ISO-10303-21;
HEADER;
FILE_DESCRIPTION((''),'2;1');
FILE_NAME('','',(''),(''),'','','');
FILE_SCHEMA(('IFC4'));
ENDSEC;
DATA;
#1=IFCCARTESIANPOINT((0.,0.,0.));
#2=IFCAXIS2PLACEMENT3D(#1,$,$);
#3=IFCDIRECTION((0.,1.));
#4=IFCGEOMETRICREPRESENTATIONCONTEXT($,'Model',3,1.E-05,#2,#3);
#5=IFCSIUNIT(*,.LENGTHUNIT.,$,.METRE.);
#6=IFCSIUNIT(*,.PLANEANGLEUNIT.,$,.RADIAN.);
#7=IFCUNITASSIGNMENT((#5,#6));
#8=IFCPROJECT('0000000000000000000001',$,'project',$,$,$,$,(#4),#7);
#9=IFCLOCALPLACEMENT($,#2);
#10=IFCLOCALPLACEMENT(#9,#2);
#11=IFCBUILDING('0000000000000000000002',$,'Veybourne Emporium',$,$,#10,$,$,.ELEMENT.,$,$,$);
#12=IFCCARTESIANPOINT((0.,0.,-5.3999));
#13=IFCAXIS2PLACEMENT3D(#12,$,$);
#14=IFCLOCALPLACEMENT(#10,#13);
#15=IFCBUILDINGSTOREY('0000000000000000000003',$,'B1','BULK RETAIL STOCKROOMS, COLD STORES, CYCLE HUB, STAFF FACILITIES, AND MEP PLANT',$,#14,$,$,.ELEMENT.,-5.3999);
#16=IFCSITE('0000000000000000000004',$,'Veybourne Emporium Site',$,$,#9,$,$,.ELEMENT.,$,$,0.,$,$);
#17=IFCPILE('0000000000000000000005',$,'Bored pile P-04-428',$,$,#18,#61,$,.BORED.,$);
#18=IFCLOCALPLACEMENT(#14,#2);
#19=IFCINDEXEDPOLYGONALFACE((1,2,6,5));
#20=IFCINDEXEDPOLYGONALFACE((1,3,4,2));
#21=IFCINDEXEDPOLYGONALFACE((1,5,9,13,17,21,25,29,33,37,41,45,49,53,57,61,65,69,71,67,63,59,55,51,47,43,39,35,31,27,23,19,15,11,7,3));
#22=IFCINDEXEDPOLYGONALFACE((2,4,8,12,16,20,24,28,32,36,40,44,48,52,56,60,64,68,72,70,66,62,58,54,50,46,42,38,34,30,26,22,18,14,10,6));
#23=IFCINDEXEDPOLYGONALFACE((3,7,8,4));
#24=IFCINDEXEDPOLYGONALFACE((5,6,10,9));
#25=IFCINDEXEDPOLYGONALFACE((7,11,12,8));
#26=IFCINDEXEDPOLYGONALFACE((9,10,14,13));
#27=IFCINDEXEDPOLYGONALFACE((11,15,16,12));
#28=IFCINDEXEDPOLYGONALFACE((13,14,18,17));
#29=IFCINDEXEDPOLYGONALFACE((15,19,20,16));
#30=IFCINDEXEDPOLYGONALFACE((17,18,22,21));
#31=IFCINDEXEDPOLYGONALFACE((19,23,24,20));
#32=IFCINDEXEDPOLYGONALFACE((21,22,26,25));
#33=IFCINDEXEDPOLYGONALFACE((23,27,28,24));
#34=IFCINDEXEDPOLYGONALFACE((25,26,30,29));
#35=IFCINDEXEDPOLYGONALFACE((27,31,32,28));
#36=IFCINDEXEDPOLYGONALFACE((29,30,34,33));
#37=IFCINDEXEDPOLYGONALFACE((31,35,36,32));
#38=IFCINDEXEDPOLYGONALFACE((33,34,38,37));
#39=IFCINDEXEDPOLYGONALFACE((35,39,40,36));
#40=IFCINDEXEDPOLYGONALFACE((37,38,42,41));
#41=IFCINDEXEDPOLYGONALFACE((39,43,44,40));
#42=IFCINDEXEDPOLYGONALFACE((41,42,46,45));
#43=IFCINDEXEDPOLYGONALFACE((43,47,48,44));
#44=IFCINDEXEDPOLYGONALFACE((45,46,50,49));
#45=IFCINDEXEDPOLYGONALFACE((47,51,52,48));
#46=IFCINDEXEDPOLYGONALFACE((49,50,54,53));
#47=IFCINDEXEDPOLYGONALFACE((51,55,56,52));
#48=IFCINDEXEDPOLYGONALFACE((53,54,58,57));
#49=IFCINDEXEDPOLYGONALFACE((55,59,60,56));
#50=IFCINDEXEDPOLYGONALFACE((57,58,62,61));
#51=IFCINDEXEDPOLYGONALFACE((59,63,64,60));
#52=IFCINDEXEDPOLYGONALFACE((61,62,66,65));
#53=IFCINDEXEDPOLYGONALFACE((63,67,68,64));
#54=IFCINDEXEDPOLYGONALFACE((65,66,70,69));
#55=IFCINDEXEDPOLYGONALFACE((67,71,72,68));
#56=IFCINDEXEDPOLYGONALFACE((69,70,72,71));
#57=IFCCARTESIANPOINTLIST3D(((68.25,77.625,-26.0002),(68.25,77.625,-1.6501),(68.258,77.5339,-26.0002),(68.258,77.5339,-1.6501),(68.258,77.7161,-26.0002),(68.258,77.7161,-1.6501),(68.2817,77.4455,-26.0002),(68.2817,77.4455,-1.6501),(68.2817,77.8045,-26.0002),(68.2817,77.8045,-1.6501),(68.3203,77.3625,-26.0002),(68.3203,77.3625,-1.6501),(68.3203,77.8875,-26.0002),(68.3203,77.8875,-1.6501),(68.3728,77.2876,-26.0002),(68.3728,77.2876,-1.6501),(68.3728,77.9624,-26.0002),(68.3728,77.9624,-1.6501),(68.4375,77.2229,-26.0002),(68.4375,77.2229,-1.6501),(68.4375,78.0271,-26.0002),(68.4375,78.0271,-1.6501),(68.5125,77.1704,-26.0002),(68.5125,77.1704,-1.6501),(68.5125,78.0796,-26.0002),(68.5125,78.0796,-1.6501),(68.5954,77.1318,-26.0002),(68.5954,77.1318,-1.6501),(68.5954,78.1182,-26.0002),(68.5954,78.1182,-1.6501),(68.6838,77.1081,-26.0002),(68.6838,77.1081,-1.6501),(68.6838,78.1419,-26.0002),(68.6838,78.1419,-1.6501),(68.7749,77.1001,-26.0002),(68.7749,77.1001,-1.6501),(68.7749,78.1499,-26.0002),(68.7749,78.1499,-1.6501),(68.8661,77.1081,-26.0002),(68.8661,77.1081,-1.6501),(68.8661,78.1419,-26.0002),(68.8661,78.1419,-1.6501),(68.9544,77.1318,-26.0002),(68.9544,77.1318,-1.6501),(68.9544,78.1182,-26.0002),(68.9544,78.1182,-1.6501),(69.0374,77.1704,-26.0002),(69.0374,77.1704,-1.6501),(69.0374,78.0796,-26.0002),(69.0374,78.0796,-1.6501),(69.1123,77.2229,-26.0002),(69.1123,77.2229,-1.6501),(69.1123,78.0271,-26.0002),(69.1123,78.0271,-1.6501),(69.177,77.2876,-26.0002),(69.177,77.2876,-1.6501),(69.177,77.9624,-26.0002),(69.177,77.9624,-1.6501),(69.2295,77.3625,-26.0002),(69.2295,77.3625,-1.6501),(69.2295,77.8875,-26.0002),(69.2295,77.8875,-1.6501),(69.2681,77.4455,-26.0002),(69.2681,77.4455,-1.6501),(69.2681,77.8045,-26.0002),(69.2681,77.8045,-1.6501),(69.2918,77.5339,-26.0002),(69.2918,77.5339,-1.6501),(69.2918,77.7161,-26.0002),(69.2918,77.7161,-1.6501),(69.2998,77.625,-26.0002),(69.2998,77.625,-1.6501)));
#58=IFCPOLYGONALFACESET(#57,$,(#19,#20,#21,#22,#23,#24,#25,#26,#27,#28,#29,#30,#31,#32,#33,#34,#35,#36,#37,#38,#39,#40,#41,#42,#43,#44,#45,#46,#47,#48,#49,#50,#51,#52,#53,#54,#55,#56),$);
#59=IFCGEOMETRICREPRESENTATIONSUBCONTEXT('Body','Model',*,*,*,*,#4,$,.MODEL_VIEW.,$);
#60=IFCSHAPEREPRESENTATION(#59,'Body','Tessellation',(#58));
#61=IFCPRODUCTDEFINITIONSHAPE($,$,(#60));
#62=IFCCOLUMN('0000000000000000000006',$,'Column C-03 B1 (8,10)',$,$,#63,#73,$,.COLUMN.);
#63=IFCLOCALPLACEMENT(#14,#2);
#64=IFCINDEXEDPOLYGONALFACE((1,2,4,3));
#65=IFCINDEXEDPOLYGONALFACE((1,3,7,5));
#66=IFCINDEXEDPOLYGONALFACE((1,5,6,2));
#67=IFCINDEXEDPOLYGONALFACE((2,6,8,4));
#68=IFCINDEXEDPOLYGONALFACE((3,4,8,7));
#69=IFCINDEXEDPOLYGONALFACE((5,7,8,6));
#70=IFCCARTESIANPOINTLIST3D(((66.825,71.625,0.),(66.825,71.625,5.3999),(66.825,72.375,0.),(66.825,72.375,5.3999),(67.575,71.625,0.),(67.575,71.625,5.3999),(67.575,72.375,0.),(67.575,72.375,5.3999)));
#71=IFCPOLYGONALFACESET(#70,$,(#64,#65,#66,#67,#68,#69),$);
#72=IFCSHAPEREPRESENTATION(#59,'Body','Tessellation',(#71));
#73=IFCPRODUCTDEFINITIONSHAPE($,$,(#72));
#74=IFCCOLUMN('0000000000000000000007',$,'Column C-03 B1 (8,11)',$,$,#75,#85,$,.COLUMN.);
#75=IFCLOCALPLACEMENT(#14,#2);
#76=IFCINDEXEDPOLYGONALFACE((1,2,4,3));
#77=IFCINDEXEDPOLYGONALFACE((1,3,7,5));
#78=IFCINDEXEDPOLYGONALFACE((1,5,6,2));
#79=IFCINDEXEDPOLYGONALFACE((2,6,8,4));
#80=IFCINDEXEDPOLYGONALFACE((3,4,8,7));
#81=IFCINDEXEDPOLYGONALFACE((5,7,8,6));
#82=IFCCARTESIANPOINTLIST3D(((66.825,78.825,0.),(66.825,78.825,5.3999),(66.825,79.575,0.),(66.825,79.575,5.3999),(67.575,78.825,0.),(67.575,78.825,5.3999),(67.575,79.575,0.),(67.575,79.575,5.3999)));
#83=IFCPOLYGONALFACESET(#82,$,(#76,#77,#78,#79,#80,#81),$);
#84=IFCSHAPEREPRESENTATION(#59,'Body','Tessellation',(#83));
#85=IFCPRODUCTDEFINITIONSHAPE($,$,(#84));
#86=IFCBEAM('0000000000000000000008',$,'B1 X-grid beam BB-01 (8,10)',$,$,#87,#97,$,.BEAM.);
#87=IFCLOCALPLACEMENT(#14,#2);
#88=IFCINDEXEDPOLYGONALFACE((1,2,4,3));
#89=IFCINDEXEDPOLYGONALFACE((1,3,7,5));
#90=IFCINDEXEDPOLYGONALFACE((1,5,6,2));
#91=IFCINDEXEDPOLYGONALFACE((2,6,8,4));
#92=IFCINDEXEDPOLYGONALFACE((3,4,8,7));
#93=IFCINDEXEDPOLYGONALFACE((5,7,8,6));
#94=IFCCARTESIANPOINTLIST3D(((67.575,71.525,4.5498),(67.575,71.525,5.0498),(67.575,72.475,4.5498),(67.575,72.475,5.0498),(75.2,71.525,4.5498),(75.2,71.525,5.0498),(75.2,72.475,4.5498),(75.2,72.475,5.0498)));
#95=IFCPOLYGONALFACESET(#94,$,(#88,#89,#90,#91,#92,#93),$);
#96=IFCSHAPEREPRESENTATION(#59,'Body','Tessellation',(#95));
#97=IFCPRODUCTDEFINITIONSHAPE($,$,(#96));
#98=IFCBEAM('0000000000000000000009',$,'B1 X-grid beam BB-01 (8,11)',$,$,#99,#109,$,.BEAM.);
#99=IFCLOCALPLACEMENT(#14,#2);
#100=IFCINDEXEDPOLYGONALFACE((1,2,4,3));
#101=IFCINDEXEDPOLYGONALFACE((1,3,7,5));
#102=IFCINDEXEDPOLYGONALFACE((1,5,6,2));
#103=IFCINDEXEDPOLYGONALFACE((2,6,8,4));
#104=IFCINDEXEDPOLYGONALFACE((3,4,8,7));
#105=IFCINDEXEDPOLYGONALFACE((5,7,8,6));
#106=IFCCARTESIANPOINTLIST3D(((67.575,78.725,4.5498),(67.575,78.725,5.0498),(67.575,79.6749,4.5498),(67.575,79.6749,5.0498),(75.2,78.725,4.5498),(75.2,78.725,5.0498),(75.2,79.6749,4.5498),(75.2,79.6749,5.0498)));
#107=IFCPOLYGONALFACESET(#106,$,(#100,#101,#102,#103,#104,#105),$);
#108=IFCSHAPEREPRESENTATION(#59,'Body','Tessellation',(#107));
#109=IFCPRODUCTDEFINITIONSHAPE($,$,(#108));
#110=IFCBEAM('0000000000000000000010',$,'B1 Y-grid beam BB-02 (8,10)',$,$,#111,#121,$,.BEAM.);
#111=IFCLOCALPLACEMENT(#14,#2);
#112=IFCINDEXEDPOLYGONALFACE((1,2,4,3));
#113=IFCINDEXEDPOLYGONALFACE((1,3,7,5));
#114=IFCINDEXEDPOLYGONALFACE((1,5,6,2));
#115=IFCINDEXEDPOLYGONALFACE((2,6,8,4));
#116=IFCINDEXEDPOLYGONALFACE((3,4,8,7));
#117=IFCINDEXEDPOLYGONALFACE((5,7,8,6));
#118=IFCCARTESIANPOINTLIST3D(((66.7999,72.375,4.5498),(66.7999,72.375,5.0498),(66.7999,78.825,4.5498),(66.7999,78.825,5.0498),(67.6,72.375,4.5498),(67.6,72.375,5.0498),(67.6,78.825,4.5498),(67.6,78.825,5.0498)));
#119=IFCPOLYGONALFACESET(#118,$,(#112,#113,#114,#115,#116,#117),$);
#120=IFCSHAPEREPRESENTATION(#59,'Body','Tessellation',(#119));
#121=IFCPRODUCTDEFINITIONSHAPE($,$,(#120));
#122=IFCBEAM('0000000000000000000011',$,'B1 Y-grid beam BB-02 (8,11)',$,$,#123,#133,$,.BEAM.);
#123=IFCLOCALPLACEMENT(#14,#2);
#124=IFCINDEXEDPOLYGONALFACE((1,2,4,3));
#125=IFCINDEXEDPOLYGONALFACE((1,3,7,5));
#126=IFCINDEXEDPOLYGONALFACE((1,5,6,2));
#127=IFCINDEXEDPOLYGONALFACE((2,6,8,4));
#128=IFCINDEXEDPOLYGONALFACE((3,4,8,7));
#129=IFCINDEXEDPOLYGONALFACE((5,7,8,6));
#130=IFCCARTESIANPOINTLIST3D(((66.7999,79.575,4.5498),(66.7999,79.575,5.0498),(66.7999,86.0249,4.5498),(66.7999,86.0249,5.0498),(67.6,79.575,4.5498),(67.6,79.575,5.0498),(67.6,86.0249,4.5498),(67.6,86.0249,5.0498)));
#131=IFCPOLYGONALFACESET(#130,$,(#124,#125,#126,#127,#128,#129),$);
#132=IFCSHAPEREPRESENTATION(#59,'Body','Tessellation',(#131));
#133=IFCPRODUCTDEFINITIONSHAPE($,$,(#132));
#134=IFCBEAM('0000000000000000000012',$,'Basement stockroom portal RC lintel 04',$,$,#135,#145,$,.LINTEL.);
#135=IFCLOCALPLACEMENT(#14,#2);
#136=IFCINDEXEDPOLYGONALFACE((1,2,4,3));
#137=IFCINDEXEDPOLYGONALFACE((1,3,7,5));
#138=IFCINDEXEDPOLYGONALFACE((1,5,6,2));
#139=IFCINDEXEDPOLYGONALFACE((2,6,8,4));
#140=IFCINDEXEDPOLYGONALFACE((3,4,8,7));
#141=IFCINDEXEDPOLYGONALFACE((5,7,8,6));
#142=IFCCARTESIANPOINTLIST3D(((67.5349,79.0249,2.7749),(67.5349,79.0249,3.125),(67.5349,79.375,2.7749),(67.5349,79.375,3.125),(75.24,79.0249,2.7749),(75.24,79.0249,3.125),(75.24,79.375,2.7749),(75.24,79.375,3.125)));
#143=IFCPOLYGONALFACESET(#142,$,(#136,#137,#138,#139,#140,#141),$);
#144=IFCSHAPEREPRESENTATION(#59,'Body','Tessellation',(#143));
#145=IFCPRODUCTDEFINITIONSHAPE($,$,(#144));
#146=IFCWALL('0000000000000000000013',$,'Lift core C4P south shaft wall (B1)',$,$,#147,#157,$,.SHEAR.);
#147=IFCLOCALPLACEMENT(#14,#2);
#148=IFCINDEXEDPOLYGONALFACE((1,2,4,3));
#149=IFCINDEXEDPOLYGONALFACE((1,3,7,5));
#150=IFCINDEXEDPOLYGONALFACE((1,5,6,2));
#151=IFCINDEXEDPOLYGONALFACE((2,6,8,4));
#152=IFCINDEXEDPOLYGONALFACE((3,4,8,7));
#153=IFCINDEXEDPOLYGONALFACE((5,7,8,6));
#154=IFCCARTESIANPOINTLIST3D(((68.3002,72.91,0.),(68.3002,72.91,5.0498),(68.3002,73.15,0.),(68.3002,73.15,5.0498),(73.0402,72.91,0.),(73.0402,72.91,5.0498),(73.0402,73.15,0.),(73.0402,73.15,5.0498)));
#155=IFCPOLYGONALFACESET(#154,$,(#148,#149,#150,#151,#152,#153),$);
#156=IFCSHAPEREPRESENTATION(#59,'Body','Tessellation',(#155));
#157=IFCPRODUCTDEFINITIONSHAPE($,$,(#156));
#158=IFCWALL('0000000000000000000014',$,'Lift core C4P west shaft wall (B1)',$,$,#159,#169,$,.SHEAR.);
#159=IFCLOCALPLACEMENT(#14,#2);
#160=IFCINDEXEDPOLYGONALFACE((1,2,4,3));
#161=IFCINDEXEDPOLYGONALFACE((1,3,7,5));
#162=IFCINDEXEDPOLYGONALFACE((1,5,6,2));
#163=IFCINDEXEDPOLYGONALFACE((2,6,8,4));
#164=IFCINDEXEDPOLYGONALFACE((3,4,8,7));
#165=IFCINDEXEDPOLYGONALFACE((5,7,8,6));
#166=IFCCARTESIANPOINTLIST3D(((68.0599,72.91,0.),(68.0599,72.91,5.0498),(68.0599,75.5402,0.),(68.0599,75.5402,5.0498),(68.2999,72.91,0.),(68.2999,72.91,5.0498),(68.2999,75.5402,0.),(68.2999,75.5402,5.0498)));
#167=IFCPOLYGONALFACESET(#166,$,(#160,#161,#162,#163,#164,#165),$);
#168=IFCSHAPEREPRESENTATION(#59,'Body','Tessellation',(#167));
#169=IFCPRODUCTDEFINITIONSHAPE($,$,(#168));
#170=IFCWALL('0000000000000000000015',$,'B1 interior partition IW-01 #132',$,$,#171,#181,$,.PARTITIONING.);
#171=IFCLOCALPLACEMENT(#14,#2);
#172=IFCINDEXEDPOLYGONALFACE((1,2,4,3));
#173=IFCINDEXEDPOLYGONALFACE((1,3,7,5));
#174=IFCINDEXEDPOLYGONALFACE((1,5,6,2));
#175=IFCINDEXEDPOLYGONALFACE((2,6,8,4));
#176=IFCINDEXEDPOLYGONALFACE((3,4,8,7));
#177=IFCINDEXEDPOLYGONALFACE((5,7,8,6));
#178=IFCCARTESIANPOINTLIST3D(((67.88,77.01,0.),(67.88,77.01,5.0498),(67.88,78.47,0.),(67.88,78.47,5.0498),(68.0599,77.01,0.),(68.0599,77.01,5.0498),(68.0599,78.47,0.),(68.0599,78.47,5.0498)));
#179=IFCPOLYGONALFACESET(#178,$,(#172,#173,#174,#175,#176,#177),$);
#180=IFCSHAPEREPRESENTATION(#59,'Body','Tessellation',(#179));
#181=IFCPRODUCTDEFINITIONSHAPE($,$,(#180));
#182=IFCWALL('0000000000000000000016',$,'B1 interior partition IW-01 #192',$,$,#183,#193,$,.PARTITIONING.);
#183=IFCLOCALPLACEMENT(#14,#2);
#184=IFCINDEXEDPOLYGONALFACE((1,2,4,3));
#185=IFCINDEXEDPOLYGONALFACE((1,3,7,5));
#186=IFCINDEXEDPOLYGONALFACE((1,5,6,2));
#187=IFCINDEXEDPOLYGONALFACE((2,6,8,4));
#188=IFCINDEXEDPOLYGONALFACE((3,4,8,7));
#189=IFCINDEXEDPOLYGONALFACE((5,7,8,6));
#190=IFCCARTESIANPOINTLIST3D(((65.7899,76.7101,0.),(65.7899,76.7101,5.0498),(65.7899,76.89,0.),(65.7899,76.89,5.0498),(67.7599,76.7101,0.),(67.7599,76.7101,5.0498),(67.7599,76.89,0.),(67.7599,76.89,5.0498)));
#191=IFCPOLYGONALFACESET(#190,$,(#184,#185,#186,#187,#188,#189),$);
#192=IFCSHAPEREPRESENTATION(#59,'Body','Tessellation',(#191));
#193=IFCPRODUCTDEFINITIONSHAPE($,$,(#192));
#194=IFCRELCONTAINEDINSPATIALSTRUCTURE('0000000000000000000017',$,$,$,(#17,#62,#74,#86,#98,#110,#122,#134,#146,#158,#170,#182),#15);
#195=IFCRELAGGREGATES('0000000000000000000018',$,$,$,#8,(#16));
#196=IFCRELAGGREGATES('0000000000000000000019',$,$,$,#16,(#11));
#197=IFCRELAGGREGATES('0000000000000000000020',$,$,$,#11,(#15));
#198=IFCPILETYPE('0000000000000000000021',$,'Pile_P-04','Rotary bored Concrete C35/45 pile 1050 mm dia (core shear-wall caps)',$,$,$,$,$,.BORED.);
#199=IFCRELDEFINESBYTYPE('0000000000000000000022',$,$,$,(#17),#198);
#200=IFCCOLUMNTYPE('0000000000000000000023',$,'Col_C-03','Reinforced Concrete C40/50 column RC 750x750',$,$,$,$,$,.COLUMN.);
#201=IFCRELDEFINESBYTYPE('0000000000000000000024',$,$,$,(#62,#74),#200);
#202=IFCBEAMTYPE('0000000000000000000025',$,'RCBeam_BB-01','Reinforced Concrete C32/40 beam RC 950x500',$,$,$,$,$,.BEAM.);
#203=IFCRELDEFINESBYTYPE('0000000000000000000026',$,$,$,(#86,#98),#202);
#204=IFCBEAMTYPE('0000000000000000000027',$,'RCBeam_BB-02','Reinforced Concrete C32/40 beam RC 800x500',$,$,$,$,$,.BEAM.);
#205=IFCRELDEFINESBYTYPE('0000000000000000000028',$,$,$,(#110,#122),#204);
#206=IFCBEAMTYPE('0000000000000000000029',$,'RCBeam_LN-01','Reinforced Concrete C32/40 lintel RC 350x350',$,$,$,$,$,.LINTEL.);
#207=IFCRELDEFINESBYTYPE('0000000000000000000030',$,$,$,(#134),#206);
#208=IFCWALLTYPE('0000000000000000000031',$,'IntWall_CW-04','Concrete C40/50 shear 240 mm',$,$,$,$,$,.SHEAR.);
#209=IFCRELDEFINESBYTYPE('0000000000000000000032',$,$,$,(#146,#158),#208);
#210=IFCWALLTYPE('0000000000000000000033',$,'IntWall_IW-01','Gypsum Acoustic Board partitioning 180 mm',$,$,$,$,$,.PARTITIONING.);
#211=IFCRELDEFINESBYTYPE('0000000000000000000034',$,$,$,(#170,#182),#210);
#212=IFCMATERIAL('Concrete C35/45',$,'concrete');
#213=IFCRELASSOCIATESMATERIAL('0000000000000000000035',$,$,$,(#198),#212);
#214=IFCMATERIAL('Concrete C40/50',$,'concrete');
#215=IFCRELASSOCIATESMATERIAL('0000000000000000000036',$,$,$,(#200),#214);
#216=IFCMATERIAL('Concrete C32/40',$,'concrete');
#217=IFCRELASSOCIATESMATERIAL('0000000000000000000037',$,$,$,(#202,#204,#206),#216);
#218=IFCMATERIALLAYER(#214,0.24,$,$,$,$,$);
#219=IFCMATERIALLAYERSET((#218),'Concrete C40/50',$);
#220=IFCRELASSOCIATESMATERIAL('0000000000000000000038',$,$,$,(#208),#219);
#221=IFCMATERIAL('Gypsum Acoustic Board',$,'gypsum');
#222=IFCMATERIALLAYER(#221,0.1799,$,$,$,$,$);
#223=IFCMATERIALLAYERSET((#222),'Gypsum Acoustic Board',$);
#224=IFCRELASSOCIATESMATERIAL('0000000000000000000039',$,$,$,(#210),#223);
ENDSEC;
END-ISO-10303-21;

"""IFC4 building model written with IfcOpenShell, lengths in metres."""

from ifc_helpers import new_model, si_unit, direction, frame, frame_2d, origin, origin_2d, place, context, subcontext, project, spatial, rectangle, circle, extrude, material, layer, layer_set, material_profile, profile_set, type_object, element, save


model = new_model("IFC4")

# Units and contexts
model_context = context("Model", 3, precision=1e-05, world=origin(), true_north=direction((0.0, 1.0)))
body_context = subcontext(model_context, "Body", "Model", "MODEL_VIEW")
ifc_project = project(units=[si_unit("LENGTHUNIT", "METRE"), si_unit("PLANEANGLEUNIT", "RADIAN")], contexts=[model_context])

# Site, building, storey
site_placement = place(None, origin())
site = spatial("IfcSite", under=ifc_project, at=site_placement, Name="Veybourne Emporium Site", CompositionType="ELEMENT", RefElevation=0.0)
building_placement = place(site_placement, origin())
building = spatial("IfcBuilding", under=site, at=building_placement, Name="Veybourne Emporium", CompositionType="ELEMENT")
storey_placement = place(building_placement, frame((0.0, 0.0, -5.3999)))
storey = spatial("IfcBuildingStorey", under=building, at=storey_placement, Name="B1", Description="BULK RETAIL STOCKROOMS, COLD STORES, CYCLE HUB, STAFF FACILITIES, AND MEP PLANT", CompositionType="ELEMENT", Elevation=-5.3999)

# Shared definitions
ifc_material_1 = material(Name="Concrete C35/45", Category="concrete")

# Pile
ifc_material_profile_1 = material_profile(ifc_material_1, circle(Radius=0.5249, at=origin_2d()), Name="BORED PILE 1050")
ifc_profile_set_1 = profile_set([ifc_material_profile_1], Name="Concrete C35/45")
pile_type = type_object("IfcPileType", Name="Pile_P-04", Description="Rotary bored Concrete C35/45 pile 1050 mm dia (core shear-wall caps)", PredefinedType="BORED", material=ifc_profile_set_1)
for number, where, z_axis, x_axis, name in (
    (1, (68.7749, 77.625, -1.6501), (0.0, 0.0, -1.0), (1.0, 0.0, 0.0), "Bored pile P-04-428"),
):
    element("IfcPile", number, at=place(storey_placement, frame(where, z_axis=z_axis, x_axis=x_axis)), inside=storey, type_object=pile_type, Name=name, PredefinedType="BORED", context=body_context, shape_type="SweptSolid", body=[
        extrude(circle(Radius=0.5249, at=origin_2d()), origin(), (0.0, 0.0, 1.0), 24.3501),
    ])

# Columns
ifc_material_2 = material(Name="Concrete C40/50", Category="concrete")
ifc_material_profile_2 = material_profile(ifc_material_2, rectangle(XDim=0.75, YDim=0.75, at=origin_2d()), Name="RC 750x750")
ifc_profile_set_2 = profile_set([ifc_material_profile_2], Name="Concrete C40/50")
column_type = type_object("IfcColumnType", Name="Col_C-03", Description="Reinforced Concrete C40/50 column RC 750x750", PredefinedType="COLUMN", material=ifc_profile_set_2)
for number, where, z_axis, x_axis, name in (
    (2, (67.2, 72.0, 0.0), (0.0, 0.0, 1.0), (1.0, 0.0, 0.0), "Column C-03 B1 (8,10)"),
    (3, (67.2, 79.2, 0.0), (0.0, 0.0, 1.0), (1.0, 0.0, 0.0), "Column C-03 B1 (8,11)"),
):
    element("IfcColumn", number, at=place(storey_placement, frame(where, z_axis=z_axis, x_axis=x_axis)), inside=storey, type_object=column_type, Name=name, PredefinedType="COLUMN", context=body_context, shape_type="SweptSolid", body=[
        extrude(rectangle(XDim=0.75, YDim=0.75, at=origin_2d()), origin(), (0.0, 0.0, 1.0), 5.3999),
    ])

# Beams
ifc_material_3 = material(Name="Concrete C32/40", Category="concrete")
ifc_material_profile_3 = material_profile(ifc_material_3, rectangle(XDim=0.95, YDim=0.5, at=origin_2d()), Name="RC 950x500")
ifc_profile_set_3 = profile_set([ifc_material_profile_3], Name="Concrete C32/40")
beam_type_1 = type_object("IfcBeamType", Name="RCBeam_BB-01", Description="Reinforced Concrete C32/40 beam RC 950x500", PredefinedType="BEAM", material=ifc_profile_set_3)
for number, where, z_axis, x_axis, name in (
    (4, (67.575, 72.0, 4.7998), (1.0, 0.0, 0.0), (0.0, 1.0, 0.0), "B1 X-grid beam BB-01 (8,10)"),
    (5, (67.575, 79.2, 4.7998), (1.0, 0.0, 0.0), (0.0, 1.0, 0.0), "B1 X-grid beam BB-01 (8,11)"),
):
    element("IfcBeam", number, at=place(storey_placement, frame(where, z_axis=z_axis, x_axis=x_axis)), inside=storey, type_object=beam_type_1, Name=name, PredefinedType="BEAM", context=body_context, shape_type="SweptSolid", body=[
        extrude(rectangle(XDim=0.95, YDim=0.5, at=origin_2d()), origin(), (0.0, 0.0, 1.0), 7.625),
    ])
ifc_material_profile_4 = material_profile(ifc_material_3, rectangle(XDim=0.8, YDim=0.5, at=origin_2d()), Name="RC 800x500")
ifc_profile_set_4 = profile_set([ifc_material_profile_4], Name="Concrete C32/40")
beam_type_2 = type_object("IfcBeamType", Name="RCBeam_BB-02", Description="Reinforced Concrete C32/40 beam RC 800x500", PredefinedType="BEAM", material=ifc_profile_set_4)
for number, where, z_axis, x_axis, name in (
    (6, (67.2, 72.375, 4.7998), (0.0, 1.0, 0.0), (-1.0, 0.0, 0.0), "B1 Y-grid beam BB-02 (8,10)"),
    (7, (67.2, 79.575, 4.7998), (0.0, 1.0, 0.0), (-1.0, 0.0, 0.0), "B1 Y-grid beam BB-02 (8,11)"),
):
    element("IfcBeam", number, at=place(storey_placement, frame(where, z_axis=z_axis, x_axis=x_axis)), inside=storey, type_object=beam_type_2, Name=name, PredefinedType="BEAM", context=body_context, shape_type="SweptSolid", body=[
        extrude(rectangle(XDim=0.8, YDim=0.5, at=origin_2d()), origin(), (0.0, 0.0, 1.0), 6.45),
    ])
ifc_material_profile_5 = material_profile(ifc_material_3, rectangle(XDim=0.3501, YDim=0.3501, at=origin_2d()), Name="RC 350x350")
ifc_profile_set_5 = profile_set([ifc_material_profile_5], Name="Concrete C32/40")
beam_type_3 = type_object("IfcBeamType", Name="RCBeam_LN-01", Description="Reinforced Concrete C32/40 lintel RC 350x350", PredefinedType="LINTEL", material=ifc_profile_set_5)
beam_placement = place(storey_placement, frame((67.5349, 79.2, 2.95), z_axis=(1.0, 0.0, 0.0), x_axis=(0.0, 1.0, 0.0)))
element("IfcBeam", 8, at=beam_placement, inside=storey, type_object=beam_type_3, Name="Basement stockroom portal RC lintel 04", PredefinedType="LINTEL", context=body_context, shape_type="SweptSolid", body=[
    extrude(rectangle(XDim=0.3501, YDim=0.3501, at=origin_2d()), origin(), (0.0, 0.0, 1.0), 7.7051),
])

# Walls
ifc_layer_1 = layer(ifc_material_2, 0.24)
ifc_layer_set_1 = layer_set([ifc_layer_1], Name="Concrete C40/50")
wall_type_1 = type_object("IfcWallType", Name="IntWall_CW-04", Description="Concrete C40/50 shear 240 mm", PredefinedType="SHEAR", material=ifc_layer_set_1)
wall_1_placement = place(storey_placement, frame((68.3, 73.03, 0.0), z_axis=(0.0, 0.0, 1.0), x_axis=(1.0, 0.0, 0.0)))
element("IfcWall", 9, at=wall_1_placement, inside=storey, type_object=wall_type_1, Name="Lift core C4P south shaft wall (B1)", PredefinedType="SHEAR", context=body_context, shape_type="SweptSolid", body=[
    extrude(rectangle(XDim=4.74, YDim=0.24, at=frame_2d((2.3701, 0.0))), origin(), (0.0, 0.0, 1.0), 5.0498),
])
wall_2_placement = place(storey_placement, frame((68.1799, 75.54, 0.0), z_axis=(0.0, 0.0, 1.0), x_axis=(0.0, -1.0, 0.0)))
element("IfcWall", 10, at=wall_2_placement, inside=storey, type_object=wall_type_1, Name="Lift core C4P west shaft wall (B1)", PredefinedType="SHEAR", context=body_context, shape_type="SweptSolid", body=[
    extrude(rectangle(XDim=2.6301, YDim=0.24, at=frame_2d((1.3149, 0.0))), origin(), (0.0, 0.0, 1.0), 5.0498),
])
ifc_material_4 = material(Name="Gypsum Acoustic Board", Category="gypsum")
ifc_layer_2 = layer(ifc_material_4, 0.1799)
ifc_layer_set_2 = layer_set([ifc_layer_2], Name="Gypsum Acoustic Board")
wall_type_2 = type_object("IfcWallType", Name="IntWall_IW-01", Description="Gypsum Acoustic Board partitioning 180 mm", PredefinedType="PARTITIONING", material=ifc_layer_set_2)
wall_3_placement = place(storey_placement, frame((67.97, 77.01, 0.0), z_axis=(0.0, 0.0, 1.0), x_axis=(0.0, 1.0, 0.0)))
element("IfcWall", 11, at=wall_3_placement, inside=storey, type_object=wall_type_2, Name="B1 interior partition IW-01 #132", PredefinedType="PARTITIONING", context=body_context, shape_type="SweptSolid", body=[
    extrude(rectangle(XDim=1.46, YDim=0.1799, at=frame_2d((0.73, 0.0))), origin(), (0.0, 0.0, 1.0), 5.0498),
])
wall_4_placement = place(storey_placement, frame((65.79, 76.8, 0.0), z_axis=(0.0, 0.0, 1.0), x_axis=(1.0, 0.0, 0.0)))
element("IfcWall", 12, at=wall_4_placement, inside=storey, type_object=wall_type_2, Name="B1 interior partition IW-01 #192", PredefinedType="PARTITIONING", context=body_context, shape_type="SweptSolid", body=[
    extrude(rectangle(XDim=1.97, YDim=0.1799, at=frame_2d((0.9849, 0.0))), origin(), (0.0, 0.0, 1.0), 5.0498),
])

save(model, "model.ifc")
